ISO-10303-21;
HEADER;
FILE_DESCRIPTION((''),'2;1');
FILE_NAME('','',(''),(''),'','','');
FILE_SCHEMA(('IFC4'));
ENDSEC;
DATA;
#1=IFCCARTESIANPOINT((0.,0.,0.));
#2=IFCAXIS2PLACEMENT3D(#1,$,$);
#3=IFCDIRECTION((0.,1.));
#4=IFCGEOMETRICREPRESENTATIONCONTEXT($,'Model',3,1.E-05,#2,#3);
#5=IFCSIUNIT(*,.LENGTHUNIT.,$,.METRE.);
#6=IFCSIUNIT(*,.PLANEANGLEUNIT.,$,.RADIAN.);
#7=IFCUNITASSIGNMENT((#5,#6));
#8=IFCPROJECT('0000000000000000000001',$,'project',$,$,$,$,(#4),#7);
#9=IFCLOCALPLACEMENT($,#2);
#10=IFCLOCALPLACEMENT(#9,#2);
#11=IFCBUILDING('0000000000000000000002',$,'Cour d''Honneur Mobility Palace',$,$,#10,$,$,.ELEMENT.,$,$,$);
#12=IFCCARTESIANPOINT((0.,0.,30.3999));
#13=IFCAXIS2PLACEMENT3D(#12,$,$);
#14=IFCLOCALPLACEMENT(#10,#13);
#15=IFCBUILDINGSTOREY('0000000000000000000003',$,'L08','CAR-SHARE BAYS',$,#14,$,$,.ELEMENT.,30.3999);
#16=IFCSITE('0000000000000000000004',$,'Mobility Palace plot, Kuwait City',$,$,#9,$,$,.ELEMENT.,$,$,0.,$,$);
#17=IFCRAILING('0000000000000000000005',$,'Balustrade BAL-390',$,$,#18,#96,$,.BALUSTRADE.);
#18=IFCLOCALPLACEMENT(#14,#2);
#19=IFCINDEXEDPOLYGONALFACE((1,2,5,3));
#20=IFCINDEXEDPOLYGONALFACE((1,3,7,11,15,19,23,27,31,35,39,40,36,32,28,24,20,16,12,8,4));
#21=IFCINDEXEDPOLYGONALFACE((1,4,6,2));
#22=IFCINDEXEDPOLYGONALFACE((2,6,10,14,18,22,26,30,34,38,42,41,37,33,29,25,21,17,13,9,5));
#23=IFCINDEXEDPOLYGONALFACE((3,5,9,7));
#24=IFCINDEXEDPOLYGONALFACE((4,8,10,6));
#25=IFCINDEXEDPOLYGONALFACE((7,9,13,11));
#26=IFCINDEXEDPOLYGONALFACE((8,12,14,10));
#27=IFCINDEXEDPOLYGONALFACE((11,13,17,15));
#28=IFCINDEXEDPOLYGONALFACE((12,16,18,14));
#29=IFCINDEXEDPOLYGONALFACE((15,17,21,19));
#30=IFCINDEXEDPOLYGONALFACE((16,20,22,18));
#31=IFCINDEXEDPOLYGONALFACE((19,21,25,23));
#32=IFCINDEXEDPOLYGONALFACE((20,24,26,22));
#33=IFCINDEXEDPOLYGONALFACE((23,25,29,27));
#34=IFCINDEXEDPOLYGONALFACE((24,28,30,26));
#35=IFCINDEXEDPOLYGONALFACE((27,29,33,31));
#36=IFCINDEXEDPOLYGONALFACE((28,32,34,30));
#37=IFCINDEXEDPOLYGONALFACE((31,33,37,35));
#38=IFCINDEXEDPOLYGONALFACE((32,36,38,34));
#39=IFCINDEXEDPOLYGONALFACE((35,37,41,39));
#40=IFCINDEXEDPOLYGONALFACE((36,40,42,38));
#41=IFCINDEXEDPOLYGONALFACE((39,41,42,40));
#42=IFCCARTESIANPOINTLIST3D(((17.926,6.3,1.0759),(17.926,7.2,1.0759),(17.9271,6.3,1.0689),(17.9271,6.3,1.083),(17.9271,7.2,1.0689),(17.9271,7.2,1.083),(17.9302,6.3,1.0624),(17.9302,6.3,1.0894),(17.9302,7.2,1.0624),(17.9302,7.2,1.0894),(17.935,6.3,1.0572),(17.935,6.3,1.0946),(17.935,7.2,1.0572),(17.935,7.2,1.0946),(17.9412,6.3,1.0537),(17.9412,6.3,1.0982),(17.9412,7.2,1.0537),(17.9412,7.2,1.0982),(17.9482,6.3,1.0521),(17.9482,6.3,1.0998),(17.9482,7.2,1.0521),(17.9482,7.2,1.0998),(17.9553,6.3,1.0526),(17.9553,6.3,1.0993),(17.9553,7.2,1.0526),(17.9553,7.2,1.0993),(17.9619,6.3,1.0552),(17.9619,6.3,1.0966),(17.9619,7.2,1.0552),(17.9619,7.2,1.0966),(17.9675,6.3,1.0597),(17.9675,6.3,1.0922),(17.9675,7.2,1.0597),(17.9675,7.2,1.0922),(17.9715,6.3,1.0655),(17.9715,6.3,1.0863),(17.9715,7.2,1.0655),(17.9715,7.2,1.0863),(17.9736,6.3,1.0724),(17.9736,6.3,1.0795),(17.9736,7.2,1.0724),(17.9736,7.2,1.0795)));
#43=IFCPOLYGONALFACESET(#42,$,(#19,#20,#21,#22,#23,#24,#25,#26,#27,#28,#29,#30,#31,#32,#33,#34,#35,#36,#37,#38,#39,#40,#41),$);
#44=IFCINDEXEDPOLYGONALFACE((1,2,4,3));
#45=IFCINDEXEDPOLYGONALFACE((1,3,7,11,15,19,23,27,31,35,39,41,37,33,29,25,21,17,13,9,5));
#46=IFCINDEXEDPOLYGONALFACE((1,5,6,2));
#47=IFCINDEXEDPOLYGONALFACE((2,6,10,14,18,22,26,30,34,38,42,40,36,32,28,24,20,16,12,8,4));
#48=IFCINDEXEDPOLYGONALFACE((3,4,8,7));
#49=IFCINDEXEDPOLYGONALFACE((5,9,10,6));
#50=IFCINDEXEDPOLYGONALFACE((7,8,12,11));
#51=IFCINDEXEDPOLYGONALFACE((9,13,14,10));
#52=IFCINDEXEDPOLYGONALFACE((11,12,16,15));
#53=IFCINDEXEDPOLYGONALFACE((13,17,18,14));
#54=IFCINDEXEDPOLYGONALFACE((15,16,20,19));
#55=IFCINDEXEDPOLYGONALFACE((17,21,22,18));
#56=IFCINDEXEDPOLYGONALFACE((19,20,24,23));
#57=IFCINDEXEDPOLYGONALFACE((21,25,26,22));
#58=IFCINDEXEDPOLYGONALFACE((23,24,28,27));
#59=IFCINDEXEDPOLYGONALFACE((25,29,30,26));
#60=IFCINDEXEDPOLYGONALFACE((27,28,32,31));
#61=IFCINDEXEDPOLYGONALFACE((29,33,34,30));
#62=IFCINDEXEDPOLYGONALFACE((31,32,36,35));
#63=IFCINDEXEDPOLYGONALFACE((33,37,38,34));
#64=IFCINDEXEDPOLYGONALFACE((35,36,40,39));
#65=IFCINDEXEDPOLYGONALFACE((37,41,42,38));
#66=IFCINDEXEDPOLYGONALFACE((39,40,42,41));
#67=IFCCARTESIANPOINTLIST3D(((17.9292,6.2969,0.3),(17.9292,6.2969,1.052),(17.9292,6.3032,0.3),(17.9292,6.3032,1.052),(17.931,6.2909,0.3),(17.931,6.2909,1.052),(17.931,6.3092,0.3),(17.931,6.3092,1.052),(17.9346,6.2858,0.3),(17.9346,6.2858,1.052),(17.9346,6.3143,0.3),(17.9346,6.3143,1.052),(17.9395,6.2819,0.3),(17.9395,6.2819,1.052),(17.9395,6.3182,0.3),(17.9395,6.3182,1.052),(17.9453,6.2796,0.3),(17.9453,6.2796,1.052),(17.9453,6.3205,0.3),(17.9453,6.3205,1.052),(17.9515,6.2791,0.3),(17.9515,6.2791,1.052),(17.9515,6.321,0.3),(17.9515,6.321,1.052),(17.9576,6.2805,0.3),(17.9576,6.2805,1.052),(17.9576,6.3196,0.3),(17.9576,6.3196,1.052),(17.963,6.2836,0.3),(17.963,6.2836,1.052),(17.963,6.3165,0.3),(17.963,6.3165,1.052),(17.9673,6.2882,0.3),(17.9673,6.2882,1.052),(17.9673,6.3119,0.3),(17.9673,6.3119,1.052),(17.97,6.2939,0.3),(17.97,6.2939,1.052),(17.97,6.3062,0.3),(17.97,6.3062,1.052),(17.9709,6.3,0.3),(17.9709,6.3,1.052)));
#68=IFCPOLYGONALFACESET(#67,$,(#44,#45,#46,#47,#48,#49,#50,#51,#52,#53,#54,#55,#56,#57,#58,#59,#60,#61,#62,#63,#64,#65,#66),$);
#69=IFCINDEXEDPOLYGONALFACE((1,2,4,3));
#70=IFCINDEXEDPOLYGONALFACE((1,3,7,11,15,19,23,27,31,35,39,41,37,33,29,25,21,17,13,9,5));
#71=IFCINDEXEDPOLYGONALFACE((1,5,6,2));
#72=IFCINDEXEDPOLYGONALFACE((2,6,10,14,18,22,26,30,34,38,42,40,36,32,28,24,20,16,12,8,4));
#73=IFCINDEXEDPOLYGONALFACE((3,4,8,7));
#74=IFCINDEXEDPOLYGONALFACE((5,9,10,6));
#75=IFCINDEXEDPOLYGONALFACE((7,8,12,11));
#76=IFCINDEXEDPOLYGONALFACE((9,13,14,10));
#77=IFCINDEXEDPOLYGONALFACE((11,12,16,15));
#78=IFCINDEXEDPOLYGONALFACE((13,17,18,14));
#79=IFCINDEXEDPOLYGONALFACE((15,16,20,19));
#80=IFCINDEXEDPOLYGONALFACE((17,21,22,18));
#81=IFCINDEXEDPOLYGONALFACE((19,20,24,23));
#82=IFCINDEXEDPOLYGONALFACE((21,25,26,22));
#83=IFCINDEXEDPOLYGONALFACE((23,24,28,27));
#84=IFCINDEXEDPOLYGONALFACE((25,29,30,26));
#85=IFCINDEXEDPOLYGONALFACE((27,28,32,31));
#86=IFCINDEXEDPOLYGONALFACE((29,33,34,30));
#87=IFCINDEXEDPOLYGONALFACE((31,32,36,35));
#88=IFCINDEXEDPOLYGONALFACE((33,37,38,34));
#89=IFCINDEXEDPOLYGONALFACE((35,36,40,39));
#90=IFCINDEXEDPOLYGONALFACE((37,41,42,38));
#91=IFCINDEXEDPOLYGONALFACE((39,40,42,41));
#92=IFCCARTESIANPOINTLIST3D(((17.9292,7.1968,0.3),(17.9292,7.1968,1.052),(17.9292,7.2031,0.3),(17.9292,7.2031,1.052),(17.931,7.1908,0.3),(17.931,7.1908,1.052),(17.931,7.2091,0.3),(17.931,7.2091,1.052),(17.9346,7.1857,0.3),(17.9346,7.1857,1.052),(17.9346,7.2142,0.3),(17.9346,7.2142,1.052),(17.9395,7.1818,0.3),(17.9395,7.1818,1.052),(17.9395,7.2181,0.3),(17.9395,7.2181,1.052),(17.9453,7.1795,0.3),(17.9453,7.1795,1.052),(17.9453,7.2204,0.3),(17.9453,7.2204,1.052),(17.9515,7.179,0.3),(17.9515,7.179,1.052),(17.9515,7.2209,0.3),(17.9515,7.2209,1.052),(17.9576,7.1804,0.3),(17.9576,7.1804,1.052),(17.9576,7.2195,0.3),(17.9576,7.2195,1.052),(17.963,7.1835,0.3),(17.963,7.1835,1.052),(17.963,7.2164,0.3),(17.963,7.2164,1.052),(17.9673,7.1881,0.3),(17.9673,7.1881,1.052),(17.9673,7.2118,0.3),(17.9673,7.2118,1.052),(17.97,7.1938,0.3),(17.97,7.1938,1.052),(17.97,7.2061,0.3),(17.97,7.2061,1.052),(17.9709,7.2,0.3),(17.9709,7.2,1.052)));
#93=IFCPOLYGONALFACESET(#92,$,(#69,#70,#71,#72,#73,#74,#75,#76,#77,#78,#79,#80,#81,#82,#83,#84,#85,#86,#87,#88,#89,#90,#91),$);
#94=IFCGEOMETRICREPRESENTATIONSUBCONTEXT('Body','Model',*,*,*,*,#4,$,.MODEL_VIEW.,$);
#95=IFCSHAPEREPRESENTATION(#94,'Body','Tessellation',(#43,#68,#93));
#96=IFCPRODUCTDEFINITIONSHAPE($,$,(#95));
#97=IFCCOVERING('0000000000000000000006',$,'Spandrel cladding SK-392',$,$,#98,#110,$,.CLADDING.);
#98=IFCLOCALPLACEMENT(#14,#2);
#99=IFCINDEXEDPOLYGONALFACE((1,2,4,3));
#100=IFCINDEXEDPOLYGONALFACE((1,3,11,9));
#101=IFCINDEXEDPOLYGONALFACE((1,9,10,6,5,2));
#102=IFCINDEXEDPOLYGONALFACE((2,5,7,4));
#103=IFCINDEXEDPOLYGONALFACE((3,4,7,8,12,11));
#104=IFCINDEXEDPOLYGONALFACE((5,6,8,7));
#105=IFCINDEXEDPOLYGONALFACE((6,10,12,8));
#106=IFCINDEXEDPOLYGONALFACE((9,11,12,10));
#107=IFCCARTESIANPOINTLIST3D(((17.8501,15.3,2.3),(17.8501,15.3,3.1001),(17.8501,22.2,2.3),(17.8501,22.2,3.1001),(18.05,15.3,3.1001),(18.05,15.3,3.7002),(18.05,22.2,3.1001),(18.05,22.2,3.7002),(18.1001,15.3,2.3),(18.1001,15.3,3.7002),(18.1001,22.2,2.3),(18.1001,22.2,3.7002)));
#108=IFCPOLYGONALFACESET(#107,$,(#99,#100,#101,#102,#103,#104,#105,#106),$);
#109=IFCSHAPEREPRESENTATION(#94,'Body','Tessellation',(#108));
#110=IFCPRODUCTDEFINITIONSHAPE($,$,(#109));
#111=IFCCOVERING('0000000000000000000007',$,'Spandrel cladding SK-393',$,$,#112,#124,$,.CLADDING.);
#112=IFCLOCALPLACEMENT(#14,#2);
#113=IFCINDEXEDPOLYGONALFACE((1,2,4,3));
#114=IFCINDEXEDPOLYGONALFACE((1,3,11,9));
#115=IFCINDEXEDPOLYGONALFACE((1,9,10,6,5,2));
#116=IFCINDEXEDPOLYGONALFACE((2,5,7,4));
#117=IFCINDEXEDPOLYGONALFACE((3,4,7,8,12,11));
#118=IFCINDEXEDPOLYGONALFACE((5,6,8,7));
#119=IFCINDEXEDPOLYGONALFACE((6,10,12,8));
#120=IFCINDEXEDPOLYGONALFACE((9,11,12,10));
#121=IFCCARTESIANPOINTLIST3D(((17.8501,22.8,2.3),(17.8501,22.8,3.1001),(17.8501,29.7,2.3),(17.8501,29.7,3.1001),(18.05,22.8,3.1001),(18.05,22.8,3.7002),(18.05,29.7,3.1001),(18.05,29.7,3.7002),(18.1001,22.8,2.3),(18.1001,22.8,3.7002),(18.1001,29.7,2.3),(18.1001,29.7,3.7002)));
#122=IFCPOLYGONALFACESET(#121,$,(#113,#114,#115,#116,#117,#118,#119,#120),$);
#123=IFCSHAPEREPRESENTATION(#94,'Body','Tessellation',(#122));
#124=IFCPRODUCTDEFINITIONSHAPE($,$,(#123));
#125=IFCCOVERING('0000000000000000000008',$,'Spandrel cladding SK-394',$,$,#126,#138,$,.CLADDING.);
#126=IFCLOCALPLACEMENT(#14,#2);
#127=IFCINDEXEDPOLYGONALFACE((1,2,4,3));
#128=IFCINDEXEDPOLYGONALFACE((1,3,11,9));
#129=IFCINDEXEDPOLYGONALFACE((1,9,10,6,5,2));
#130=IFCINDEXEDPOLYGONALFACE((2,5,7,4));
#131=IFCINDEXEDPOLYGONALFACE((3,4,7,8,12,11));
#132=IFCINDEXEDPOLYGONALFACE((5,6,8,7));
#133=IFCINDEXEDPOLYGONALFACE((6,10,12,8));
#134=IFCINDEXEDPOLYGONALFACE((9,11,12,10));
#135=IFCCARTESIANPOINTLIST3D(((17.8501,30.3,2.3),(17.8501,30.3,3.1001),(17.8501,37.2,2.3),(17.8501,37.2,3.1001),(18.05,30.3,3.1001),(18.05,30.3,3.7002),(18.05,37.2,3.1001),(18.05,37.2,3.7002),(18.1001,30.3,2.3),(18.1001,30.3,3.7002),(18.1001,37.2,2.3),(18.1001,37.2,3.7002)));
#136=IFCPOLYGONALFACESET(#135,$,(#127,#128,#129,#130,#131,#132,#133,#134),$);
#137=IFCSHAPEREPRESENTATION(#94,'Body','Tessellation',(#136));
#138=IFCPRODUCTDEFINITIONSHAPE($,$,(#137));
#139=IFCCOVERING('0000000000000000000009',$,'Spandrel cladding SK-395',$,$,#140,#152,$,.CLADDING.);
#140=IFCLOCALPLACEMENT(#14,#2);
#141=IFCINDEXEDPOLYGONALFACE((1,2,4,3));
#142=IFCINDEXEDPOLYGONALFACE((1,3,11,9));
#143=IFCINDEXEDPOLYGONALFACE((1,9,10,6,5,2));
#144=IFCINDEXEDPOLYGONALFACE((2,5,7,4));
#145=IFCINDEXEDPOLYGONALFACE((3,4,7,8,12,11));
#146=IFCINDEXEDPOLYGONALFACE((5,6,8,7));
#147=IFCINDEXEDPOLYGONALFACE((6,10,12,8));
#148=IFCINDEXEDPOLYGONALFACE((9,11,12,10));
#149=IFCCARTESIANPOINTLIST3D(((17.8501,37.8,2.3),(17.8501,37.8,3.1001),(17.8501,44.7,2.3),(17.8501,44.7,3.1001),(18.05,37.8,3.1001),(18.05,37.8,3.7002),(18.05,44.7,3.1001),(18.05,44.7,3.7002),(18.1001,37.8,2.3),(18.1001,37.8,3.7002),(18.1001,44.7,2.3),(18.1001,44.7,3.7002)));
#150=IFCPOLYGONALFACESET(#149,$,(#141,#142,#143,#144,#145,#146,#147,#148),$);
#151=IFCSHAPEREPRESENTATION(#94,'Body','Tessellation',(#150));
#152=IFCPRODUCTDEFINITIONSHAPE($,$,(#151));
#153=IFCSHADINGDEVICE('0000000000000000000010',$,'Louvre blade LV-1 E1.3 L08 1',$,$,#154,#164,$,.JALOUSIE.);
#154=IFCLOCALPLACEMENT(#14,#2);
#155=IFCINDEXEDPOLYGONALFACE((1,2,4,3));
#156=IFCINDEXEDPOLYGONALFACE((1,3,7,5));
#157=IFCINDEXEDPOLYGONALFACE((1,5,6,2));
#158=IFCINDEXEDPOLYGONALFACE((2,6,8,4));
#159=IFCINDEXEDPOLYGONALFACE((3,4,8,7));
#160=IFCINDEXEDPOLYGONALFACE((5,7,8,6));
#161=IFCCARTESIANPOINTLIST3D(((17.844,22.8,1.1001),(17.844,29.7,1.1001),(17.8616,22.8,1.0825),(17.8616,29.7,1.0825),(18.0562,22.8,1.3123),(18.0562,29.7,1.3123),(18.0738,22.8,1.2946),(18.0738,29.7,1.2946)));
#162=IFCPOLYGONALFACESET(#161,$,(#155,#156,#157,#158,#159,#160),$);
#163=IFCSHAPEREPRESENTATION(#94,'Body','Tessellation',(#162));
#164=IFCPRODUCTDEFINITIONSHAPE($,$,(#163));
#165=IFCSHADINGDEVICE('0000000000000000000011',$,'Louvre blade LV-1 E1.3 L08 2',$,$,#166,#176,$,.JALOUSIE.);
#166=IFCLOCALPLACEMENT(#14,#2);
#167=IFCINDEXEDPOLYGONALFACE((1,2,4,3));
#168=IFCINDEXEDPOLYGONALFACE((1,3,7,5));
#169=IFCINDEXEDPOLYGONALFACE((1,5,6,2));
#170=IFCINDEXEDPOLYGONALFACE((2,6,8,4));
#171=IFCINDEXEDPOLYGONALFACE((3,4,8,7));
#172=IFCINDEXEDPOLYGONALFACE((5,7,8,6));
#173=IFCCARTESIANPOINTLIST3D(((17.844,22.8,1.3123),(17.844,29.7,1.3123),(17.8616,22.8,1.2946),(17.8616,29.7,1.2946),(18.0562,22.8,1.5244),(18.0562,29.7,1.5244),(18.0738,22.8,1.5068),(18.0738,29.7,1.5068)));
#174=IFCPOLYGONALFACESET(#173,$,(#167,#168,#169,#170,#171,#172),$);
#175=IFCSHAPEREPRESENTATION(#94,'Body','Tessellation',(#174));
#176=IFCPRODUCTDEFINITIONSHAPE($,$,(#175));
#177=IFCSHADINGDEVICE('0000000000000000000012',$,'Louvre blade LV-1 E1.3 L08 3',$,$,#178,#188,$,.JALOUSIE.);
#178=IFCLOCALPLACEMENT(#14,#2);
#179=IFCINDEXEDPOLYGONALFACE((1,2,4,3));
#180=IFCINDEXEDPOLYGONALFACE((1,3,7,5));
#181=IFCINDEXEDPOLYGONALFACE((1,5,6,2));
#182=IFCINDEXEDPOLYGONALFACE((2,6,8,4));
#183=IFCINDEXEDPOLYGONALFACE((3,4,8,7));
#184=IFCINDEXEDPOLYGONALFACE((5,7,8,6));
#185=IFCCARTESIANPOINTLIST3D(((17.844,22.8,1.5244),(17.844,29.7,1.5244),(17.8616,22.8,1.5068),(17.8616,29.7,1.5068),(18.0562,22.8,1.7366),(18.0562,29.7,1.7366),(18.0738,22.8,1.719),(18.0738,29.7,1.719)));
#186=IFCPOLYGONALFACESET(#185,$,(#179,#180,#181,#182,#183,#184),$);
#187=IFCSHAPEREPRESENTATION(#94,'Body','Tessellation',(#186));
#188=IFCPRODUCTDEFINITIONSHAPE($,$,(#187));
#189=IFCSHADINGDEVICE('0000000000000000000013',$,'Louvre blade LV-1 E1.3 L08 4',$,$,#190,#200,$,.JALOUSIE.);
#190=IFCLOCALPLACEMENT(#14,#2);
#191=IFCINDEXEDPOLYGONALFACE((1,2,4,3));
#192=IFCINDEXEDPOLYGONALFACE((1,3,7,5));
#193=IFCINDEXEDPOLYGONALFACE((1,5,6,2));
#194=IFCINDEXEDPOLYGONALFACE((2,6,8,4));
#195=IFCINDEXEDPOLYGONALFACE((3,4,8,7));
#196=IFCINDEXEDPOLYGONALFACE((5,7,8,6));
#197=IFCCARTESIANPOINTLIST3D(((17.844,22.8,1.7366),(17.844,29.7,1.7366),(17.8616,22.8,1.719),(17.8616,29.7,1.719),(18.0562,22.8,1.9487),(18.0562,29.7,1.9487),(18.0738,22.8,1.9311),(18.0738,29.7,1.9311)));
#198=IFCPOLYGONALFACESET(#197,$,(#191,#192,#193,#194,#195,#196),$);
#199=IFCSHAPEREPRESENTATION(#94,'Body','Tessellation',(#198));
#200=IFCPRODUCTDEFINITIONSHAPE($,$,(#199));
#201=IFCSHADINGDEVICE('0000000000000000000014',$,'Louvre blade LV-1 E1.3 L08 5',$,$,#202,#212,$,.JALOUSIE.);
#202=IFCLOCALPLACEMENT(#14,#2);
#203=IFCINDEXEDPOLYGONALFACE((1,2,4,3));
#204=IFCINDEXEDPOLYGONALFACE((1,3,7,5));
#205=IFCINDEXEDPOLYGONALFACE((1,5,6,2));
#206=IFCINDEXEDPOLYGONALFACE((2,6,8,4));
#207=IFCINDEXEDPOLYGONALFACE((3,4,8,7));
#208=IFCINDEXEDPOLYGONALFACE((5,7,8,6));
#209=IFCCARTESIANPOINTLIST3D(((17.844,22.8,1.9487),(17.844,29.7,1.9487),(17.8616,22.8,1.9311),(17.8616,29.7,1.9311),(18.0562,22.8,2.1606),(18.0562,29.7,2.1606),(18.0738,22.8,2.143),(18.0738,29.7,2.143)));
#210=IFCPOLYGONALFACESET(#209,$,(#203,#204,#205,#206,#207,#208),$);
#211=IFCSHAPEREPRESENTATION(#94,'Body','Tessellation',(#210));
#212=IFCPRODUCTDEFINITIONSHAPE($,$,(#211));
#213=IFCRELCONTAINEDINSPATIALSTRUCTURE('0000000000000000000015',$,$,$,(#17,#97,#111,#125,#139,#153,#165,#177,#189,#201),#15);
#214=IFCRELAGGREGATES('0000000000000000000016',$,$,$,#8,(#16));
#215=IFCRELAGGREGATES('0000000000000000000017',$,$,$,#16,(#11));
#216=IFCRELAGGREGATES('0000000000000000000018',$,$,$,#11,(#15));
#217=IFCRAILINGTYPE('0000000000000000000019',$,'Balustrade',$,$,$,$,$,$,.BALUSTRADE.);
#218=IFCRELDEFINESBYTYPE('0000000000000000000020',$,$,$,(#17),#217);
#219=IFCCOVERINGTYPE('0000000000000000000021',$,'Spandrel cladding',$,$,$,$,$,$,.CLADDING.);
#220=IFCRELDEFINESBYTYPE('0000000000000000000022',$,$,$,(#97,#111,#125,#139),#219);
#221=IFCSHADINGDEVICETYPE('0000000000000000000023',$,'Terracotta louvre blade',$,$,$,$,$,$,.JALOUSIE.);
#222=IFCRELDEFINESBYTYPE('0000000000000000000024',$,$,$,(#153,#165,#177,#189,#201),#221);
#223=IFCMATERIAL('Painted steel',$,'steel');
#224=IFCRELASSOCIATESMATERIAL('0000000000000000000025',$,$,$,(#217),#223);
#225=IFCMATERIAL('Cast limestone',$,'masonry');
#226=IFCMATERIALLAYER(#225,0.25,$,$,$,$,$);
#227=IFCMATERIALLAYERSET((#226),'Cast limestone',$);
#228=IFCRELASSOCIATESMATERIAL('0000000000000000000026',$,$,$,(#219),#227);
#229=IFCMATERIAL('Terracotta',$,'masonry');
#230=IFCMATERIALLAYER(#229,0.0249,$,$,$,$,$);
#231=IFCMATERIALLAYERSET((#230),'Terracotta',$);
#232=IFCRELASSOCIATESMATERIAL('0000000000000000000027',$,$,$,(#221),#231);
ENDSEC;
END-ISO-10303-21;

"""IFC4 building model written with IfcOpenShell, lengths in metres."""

from ifc_helpers import new_model, si_unit, direction, frame, origin, origin_2d, place, context, subcontext, project, spatial, polyline, circle, outline, extrude, material, layer, layer_set, type_object, element, save


model = new_model("IFC4")

# Units and contexts
model_context = context("Model", 3, precision=1e-05, world=origin(), true_north=direction((0.0, 1.0)))
body_context = subcontext(model_context, "Body", "Model", "MODEL_VIEW")
ifc_project = project(units=[si_unit("LENGTHUNIT", "METRE"), si_unit("PLANEANGLEUNIT", "RADIAN")], contexts=[model_context])

# Site, building, storey
site_placement = place(None, origin())
site = spatial("IfcSite", under=ifc_project, at=site_placement, Name="Mobility Palace plot, Kuwait City", CompositionType="ELEMENT", RefElevation=0.0)
building_placement = place(site_placement, origin())
building = spatial("IfcBuilding", under=site, at=building_placement, Name="Cour d'Honneur Mobility Palace", CompositionType="ELEMENT")
storey_placement = place(building_placement, frame((0.0, 0.0, 30.3999)))
storey = spatial("IfcBuildingStorey", under=building, at=storey_placement, Name="L08", Description="CAR-SHARE BAYS", CompositionType="ELEMENT", Elevation=30.3999)

# Railing
ifc_material_1 = material(Name="Painted steel", Category="steel")
railing_type = type_object("IfcRailingType", Name="Balustrade", PredefinedType="BALUSTRADE", material=ifc_material_1)
railing_placement = place(storey_placement, frame((17.95, 6.3, 0.3)))
element("IfcRailing", 1, at=railing_placement, inside=storey, type_object=railing_type, Name="Balustrade BAL-390", PredefinedType="BALUSTRADE", context=body_context, shape_type="SweptSolid", body=[
    extrude(circle(Radius=0.0239, at=origin_2d()), frame((0.0, 0.0, 0.7759), z_axis=(0.0, 1.0, 0.0), x_axis=(-1.0, 0.0, 0.0)), (0.0, 0.0, 1.0), 0.8999),
    extrude(circle(Radius=0.021, at=origin_2d()), origin(), (0.0, 0.0, 1.0), 0.752),
    extrude(circle(Radius=0.021, at=origin_2d()), frame((0.0, 0.8999, 0.0)), (0.0, 0.0, 1.0), 0.752),
])

# Coverings
ifc_material_2 = material(Name="Cast limestone", Category="masonry")
ifc_layer_1 = layer(ifc_material_2, 0.25)
ifc_layer_set_1 = layer_set([ifc_layer_1], Name="Cast limestone")
covering_type = type_object("IfcCoveringType", Name="Spandrel cladding", PredefinedType="CLADDING", material=ifc_layer_set_1)
for number, where, z_axis, x_axis, name in (
    (2, (17.8501, 15.3, 2.3), (0.0, -1.0, 0.0), (1.0, 0.0, 0.0), "Spandrel cladding SK-392"),
    (3, (17.8501, 22.8, 2.3), (0.0, -1.0, 0.0), (1.0, 0.0, 0.0), "Spandrel cladding SK-393"),
    (4, (17.8501, 30.3, 2.3), (0.0, -1.0, 0.0), (1.0, 0.0, 0.0), "Spandrel cladding SK-394"),
    (5, (17.8501, 37.8, 2.3), (0.0, -1.0, 0.0), (1.0, 0.0, 0.0), "Spandrel cladding SK-395"),
):
    element("IfcCovering", number, at=place(storey_placement, frame(where, z_axis=z_axis, x_axis=x_axis)), inside=storey, type_object=covering_type, Name=name, PredefinedType="CLADDING", context=body_context, shape_type="SweptSolid", body=[
        extrude(outline(polyline([(0.0, 0.0), (0.25, 0.0), (0.25, 1.4001), (0.2, 1.4001), (0.2, 0.8), (0.0, 0.8), (0.0, 0.0)])), origin(), (0.0, 0.0, -1.0), 6.8999),
    ])

# Shading devices
ifc_material_3 = material(Name="Terracotta", Category="masonry")
ifc_layer_2 = layer(ifc_material_3, 0.0249)
ifc_layer_set_2 = layer_set([ifc_layer_2], Name="Terracotta")
shading_device_type = type_object("IfcShadingDeviceType", Name="Terracotta louvre blade", PredefinedType="JALOUSIE", material=ifc_layer_set_2)
for number, where, z_axis, x_axis, name in (
    (6, (17.844, 22.8, 1.1001), (-0.707107, 0.0, 0.707107), (0.0, 1.0, 0.0), "Louvre blade LV-1 E1.3 L08 1"),
    (7, (17.844, 22.8, 1.3123), (-0.707107, 0.0, 0.707107), (0.0, 1.0, 0.0), "Louvre blade LV-1 E1.3 L08 2"),
    (8, (17.844, 22.8, 1.5244), (-0.707107, 0.0, 0.707107), (0.0, 1.0, 0.0), "Louvre blade LV-1 E1.3 L08 3"),
    (9, (17.844, 22.8, 1.7366), (-0.707107, 0.0, 0.707107), (0.0, 1.0, 0.0), "Louvre blade LV-1 E1.3 L08 4"),
):
    element("IfcShadingDevice", number, at=place(storey_placement, frame(where, z_axis=z_axis, x_axis=x_axis)), inside=storey, type_object=shading_device_type, Name=name, PredefinedType="JALOUSIE", context=body_context, shape_type="SweptSolid", body=[
        extrude(outline(polyline([(0.0, 0.0), (6.8999, 0.0), (6.8999, -0.3), (0.0, -0.3), (0.0, 0.0)])), origin(), (0.0, 0.0, -1.0), 0.0249),
    ])
shading_device_1_placement = place(storey_placement, frame((17.844, 22.8, 1.9487), z_axis=(-0.7067, 0.0, 0.707514), x_axis=(0.0, 1.0, 0.0)))
element("IfcShadingDevice", 10, at=shading_device_1_placement, inside=storey, type_object=shading_device_type, Name="Louvre blade LV-1 E1.3 L08 5", PredefinedType="JALOUSIE", context=body_context, shape_type="SweptSolid", body=[
    extrude(outline(polyline([(0.0, 0.0), (6.8999, 0.0), (6.8999, -0.2999), (0.0, -0.2999), (0.0, 0.0)])), origin(), (0.0, 0.0, -1.0), 0.0249),
])

save(model, "model.ifc")
